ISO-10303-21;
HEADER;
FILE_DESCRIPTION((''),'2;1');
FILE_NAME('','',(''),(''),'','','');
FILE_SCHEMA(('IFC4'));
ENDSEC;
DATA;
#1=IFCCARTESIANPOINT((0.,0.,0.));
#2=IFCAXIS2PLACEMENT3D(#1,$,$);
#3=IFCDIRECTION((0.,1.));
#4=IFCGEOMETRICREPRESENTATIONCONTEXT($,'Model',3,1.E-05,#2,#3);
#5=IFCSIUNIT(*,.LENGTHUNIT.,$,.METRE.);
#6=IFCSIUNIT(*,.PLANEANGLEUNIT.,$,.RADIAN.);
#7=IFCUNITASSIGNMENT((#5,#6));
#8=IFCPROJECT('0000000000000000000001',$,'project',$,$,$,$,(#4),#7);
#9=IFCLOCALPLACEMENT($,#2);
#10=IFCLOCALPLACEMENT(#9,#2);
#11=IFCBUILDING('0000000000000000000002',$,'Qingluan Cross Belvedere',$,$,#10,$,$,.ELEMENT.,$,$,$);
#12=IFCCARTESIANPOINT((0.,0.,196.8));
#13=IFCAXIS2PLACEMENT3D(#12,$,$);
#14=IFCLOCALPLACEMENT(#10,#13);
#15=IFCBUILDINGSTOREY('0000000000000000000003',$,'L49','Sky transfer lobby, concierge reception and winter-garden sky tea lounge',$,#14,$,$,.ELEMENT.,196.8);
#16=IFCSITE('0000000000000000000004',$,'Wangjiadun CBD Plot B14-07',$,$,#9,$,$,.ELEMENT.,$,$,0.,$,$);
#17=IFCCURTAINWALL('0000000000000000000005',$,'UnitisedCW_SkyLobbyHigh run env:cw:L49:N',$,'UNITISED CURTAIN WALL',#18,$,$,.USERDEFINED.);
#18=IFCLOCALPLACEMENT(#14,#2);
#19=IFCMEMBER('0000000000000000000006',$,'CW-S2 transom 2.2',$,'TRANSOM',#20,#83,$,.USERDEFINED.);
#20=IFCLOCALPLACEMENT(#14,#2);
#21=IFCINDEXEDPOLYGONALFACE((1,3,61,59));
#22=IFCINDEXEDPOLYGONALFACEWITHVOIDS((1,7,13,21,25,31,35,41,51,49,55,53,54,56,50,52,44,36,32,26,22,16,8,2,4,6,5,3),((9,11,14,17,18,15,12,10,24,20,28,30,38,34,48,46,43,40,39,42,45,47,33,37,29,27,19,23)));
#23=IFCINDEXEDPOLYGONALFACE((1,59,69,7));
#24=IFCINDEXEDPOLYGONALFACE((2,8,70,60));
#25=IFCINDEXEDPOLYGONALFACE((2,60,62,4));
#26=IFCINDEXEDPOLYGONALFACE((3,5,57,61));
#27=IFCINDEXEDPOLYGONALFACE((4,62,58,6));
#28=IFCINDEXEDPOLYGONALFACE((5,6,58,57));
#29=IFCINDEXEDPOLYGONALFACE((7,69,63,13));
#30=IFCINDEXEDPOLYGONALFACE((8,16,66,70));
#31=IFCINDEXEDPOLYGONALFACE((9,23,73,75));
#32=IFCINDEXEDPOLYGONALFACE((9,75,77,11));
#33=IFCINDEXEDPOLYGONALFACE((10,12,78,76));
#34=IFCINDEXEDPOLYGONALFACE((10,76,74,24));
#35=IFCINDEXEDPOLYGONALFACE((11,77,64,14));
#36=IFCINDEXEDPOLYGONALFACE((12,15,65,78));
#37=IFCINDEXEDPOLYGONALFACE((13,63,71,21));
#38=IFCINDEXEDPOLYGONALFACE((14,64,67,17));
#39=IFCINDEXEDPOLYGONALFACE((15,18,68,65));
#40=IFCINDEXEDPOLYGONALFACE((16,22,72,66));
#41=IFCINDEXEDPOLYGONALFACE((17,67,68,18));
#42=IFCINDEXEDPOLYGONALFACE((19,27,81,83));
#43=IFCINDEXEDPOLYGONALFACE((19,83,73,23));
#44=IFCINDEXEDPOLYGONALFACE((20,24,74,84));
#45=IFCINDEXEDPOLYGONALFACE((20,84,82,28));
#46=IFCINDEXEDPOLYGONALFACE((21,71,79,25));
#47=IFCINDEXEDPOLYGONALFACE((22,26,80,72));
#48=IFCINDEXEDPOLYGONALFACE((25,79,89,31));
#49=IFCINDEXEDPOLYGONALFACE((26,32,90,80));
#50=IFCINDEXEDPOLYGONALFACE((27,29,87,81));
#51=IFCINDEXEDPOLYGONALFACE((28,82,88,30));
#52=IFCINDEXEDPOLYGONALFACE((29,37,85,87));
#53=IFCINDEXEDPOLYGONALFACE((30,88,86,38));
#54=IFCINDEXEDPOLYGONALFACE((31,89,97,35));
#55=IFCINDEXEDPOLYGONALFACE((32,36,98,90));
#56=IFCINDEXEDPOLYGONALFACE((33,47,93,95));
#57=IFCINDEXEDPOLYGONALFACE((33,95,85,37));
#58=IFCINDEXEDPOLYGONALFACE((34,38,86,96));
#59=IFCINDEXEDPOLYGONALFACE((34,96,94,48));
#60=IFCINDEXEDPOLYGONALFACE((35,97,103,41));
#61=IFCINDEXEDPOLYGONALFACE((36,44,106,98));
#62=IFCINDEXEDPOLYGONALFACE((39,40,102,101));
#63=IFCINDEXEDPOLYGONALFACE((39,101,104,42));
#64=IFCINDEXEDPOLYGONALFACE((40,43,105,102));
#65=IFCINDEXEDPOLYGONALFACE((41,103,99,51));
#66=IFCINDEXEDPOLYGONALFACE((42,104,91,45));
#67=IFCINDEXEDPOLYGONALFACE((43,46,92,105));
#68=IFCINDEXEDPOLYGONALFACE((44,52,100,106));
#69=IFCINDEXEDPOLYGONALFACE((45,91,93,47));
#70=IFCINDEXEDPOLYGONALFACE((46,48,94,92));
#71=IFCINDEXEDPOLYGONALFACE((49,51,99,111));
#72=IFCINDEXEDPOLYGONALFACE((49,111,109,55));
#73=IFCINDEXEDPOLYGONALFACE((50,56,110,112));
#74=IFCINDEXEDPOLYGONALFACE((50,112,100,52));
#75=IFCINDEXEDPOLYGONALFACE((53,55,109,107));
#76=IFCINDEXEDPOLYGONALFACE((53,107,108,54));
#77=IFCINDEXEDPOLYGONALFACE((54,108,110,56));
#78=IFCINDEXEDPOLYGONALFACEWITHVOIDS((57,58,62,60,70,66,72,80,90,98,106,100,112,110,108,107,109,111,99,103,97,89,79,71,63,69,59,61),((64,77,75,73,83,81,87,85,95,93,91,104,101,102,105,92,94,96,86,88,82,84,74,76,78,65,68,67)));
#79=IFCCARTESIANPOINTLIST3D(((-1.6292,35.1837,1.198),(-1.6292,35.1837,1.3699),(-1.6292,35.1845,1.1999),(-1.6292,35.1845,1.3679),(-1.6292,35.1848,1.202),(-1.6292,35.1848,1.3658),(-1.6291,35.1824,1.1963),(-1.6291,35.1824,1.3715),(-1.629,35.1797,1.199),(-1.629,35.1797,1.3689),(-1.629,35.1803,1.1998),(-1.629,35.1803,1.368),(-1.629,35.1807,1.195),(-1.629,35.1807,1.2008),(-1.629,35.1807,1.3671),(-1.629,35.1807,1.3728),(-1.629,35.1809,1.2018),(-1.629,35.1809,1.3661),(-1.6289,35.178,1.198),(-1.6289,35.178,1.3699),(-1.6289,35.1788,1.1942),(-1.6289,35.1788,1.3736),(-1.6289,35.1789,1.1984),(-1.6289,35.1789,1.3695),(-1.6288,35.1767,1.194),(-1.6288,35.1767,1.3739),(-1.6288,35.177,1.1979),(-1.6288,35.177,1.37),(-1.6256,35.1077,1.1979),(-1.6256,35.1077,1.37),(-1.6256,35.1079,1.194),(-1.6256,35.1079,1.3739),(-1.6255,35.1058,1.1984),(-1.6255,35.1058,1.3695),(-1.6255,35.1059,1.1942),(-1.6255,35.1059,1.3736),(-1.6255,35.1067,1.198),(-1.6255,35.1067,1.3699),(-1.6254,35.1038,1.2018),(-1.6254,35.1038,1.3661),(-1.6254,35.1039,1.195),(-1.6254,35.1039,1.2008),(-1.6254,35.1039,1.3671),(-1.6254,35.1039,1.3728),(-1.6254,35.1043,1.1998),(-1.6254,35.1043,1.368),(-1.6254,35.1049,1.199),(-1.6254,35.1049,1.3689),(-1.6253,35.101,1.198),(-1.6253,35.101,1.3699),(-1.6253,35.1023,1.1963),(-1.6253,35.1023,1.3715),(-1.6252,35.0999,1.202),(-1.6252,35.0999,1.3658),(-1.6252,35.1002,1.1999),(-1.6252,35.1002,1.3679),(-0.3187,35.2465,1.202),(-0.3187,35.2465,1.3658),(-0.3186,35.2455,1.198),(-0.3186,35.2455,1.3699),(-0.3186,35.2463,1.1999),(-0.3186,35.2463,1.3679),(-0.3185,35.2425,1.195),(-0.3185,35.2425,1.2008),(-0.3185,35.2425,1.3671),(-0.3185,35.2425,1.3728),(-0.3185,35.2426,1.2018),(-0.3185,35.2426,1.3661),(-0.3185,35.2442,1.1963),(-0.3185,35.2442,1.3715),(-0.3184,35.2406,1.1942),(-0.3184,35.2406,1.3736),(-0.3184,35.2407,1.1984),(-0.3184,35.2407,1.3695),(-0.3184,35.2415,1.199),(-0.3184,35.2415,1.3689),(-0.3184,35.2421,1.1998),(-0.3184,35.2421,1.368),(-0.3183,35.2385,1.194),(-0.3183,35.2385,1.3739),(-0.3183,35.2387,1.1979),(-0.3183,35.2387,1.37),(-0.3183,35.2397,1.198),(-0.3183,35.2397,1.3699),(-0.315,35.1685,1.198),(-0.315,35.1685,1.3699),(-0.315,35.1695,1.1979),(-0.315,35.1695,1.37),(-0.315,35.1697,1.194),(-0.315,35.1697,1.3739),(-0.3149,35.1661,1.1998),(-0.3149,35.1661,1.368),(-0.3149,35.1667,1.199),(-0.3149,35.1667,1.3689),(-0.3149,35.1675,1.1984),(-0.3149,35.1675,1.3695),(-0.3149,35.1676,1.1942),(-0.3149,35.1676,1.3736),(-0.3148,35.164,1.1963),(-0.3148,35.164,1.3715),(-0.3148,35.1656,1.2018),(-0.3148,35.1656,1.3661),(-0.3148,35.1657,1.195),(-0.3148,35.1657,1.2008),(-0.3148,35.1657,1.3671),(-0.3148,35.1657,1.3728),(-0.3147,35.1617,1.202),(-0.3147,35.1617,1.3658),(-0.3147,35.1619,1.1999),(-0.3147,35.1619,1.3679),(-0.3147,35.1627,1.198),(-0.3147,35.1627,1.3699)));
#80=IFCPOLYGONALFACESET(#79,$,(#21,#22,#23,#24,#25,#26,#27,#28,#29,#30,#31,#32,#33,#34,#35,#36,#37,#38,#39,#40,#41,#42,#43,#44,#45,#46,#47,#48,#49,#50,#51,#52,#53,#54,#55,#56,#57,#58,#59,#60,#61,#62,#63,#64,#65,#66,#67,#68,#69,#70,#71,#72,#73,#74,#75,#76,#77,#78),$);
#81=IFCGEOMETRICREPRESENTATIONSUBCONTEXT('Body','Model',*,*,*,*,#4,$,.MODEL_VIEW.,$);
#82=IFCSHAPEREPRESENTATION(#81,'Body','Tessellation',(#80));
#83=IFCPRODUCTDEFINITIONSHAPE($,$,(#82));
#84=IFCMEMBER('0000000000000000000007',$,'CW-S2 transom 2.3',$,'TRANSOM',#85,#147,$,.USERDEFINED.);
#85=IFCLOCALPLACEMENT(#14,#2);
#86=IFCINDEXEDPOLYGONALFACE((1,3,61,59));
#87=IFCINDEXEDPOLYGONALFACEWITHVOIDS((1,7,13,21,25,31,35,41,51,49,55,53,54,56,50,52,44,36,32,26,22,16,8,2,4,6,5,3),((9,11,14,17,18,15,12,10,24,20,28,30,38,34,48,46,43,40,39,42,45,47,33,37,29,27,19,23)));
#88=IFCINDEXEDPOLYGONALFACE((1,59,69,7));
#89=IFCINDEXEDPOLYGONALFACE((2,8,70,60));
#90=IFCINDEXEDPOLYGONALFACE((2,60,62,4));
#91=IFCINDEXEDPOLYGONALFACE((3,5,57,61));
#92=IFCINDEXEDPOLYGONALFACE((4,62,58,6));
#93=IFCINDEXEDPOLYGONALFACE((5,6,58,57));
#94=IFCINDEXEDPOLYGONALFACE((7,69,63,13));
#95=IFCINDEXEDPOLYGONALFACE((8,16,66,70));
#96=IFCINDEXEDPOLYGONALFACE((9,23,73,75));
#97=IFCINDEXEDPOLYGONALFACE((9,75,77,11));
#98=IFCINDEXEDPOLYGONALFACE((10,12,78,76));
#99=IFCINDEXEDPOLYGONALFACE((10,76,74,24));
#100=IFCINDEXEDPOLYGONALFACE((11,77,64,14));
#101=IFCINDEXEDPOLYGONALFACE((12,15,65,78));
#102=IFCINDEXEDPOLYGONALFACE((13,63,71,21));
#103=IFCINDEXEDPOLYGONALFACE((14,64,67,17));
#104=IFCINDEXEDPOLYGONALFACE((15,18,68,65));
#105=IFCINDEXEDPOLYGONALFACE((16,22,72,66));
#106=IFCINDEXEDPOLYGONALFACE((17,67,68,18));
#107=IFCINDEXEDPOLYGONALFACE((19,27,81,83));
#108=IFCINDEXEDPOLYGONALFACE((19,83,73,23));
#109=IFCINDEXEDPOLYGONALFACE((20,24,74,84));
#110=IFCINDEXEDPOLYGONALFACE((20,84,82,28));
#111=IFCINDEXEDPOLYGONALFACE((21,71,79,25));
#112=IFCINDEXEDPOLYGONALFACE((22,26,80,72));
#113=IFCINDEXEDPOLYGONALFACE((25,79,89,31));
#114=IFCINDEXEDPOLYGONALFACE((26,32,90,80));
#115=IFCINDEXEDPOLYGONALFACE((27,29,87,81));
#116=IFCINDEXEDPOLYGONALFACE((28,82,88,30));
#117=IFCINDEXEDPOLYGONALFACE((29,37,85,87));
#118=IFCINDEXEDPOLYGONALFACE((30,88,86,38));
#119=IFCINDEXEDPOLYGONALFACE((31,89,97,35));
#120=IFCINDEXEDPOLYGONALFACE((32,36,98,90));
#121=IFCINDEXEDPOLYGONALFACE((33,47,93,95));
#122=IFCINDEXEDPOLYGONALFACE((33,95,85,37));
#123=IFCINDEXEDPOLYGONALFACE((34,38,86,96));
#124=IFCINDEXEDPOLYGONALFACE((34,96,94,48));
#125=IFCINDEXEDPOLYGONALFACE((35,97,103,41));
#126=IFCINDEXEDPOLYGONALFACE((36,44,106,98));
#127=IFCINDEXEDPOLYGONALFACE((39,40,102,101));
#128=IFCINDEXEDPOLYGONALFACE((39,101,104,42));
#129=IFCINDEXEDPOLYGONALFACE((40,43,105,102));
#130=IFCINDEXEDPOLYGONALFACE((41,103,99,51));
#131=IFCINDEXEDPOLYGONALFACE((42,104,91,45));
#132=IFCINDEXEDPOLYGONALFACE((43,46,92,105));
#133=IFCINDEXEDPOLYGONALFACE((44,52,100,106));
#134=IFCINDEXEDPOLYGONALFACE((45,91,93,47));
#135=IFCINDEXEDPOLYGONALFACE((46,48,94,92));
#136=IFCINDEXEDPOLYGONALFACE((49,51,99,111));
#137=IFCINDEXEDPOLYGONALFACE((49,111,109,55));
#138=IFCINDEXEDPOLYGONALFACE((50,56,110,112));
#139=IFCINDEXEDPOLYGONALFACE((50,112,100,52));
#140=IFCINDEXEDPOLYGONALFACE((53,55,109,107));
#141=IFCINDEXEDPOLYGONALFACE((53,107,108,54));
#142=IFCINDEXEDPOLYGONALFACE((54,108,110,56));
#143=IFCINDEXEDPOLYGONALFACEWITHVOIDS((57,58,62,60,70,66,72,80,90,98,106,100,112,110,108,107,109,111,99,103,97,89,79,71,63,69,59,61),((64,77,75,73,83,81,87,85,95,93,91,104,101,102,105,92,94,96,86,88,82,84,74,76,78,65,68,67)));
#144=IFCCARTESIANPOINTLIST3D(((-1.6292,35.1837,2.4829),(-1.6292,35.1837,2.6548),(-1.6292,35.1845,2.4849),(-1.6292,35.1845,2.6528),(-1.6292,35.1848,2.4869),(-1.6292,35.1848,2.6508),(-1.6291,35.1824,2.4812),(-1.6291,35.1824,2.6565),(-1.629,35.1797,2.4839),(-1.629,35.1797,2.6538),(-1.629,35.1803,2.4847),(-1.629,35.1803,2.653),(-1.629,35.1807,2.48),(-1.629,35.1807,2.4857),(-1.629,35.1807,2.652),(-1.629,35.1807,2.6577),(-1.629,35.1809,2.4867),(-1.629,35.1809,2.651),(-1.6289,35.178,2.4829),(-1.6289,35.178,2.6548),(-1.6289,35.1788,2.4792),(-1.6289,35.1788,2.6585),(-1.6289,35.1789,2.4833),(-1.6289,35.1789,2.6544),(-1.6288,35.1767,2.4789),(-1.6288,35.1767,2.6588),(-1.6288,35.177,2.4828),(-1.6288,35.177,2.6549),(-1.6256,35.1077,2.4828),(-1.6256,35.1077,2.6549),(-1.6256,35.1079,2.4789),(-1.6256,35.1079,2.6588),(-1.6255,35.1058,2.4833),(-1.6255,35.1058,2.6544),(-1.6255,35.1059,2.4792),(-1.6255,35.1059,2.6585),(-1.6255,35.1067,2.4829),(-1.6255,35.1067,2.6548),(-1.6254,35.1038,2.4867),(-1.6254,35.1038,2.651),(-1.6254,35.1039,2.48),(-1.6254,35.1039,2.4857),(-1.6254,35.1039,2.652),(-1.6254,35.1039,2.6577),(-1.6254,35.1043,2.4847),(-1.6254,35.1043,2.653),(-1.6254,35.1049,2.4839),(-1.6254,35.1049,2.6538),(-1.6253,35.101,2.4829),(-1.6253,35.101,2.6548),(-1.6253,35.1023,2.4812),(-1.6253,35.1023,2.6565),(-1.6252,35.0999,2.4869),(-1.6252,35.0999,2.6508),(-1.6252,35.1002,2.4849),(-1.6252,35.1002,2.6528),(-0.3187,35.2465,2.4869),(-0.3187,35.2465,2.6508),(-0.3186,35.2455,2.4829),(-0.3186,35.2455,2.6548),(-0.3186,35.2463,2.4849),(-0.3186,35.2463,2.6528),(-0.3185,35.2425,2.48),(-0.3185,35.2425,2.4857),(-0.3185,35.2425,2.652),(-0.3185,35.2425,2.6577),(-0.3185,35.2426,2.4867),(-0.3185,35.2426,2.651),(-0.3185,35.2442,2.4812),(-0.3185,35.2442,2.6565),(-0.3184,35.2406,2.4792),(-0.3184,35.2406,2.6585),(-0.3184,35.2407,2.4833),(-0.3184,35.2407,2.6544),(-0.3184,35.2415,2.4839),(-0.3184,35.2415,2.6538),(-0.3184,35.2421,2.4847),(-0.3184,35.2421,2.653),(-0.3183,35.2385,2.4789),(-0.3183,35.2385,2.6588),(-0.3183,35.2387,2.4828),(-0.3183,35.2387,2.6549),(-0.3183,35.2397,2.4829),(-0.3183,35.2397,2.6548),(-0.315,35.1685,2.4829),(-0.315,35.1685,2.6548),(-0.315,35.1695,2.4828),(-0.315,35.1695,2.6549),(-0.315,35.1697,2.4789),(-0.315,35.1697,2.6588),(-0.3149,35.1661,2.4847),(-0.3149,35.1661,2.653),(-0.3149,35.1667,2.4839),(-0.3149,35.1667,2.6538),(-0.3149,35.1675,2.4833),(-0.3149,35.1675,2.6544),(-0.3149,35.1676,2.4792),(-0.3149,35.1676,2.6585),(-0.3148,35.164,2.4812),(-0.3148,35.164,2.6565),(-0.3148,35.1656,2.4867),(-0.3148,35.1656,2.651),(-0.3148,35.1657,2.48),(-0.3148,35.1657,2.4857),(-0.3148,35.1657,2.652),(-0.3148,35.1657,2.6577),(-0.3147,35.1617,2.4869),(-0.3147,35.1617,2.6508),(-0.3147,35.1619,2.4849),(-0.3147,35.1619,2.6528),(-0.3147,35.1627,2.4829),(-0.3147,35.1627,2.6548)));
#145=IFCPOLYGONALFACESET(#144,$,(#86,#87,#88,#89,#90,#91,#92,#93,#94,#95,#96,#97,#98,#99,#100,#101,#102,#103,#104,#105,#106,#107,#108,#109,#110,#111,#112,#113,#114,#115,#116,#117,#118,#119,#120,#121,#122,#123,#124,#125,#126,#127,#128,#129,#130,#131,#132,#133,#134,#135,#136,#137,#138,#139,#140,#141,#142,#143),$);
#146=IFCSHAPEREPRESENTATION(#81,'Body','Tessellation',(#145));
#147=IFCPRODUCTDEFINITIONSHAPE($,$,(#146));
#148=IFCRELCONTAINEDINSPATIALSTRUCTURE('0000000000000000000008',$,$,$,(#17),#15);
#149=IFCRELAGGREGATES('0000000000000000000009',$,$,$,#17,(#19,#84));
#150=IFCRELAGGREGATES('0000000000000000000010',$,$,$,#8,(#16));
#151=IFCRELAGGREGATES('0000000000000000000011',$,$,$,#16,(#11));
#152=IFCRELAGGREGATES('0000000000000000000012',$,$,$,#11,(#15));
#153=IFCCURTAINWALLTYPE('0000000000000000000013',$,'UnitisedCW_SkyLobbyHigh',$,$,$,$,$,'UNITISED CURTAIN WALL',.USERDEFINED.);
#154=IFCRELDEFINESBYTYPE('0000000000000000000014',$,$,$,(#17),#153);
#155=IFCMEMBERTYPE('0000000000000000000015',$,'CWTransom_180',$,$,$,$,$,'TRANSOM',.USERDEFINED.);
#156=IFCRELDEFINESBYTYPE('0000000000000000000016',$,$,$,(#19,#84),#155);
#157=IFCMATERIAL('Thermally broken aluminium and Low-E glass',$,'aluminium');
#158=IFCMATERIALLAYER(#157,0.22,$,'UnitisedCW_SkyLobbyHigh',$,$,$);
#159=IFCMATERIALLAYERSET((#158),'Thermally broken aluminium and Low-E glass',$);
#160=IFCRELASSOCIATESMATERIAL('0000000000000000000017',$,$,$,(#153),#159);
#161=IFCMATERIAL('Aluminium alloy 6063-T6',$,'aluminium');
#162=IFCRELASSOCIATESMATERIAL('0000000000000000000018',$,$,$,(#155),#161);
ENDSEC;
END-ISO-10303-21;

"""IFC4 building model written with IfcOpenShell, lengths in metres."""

from ifc_helpers import new_model, si_unit, direction, frame, origin, origin_2d, place, context, subcontext, project, spatial, hollow_rectangle, extrude, material, layer, layer_set, material_profile, profile_set, type_object, element, aggregate, save


model = new_model("IFC4")

# Units and contexts
model_context = context("Model", 3, precision=1e-05, world=origin(), true_north=direction((0.0, 1.0)))
body_context = subcontext(model_context, "Body", "Model", "MODEL_VIEW")
ifc_project = project(units=[si_unit("LENGTHUNIT", "METRE"), si_unit("PLANEANGLEUNIT", "RADIAN")], contexts=[model_context])

# Site, building, storey
site_placement = place(None, origin())
site = spatial("IfcSite", under=ifc_project, at=site_placement, Name="Wangjiadun CBD Plot B14-07", CompositionType="ELEMENT", RefElevation=0.0)
building_placement = place(site_placement, origin())
building = spatial("IfcBuilding", under=site, at=building_placement, Name="Qingluan Cross Belvedere", CompositionType="ELEMENT")
storey_placement = place(building_placement, frame((0.0, 0.0, 196.8)))
storey = spatial("IfcBuildingStorey", under=building, at=storey_placement, Name="L49", Description="Sky transfer lobby, concierge reception and winter-garden sky tea lounge", CompositionType="ELEMENT", Elevation=196.8)

# Curtain wall, members
ifc_material_1 = material(Name="Thermally broken aluminium and Low-E glass", Category="aluminium")
ifc_layer_1 = layer(ifc_material_1, 0.22, Name="UnitisedCW_SkyLobbyHigh")
ifc_layer_set_1 = layer_set([ifc_layer_1], Name="Thermally broken aluminium and Low-E glass")
curtain_wall_type = type_object("IfcCurtainWallType", Name="UnitisedCW_SkyLobbyHigh", ElementType="UNITISED CURTAIN WALL", PredefinedType="USERDEFINED", material=ifc_layer_set_1)
curtain_wall_placement = place(storey_placement, origin())
curtain_wall = element("IfcCurtainWall", 1, at=curtain_wall_placement, inside=storey, type_object=curtain_wall_type, Name="UnitisedCW_SkyLobbyHigh run env:cw:L49:N", ObjectType="UNITISED CURTAIN WALL", PredefinedType="USERDEFINED")
ifc_material_2 = material(Name="Aluminium alloy 6063-T6", Category="aluminium")
ifc_material_profile_1 = material_profile(ifc_material_2, hollow_rectangle(XDim=0.085, YDim=0.1799, WallThickness=0.0039, InnerFilletRadius=0.0039, OuterFilletRadius=0.0081, at=origin_2d()), Name="CWT180x85x4")
ifc_profile_set_1 = profile_set([ifc_material_profile_1], Name="Aluminium alloy 6063-T6")
member_type_1 = type_object("IfcMemberType", Name="CWTransom_180", ElementType="TRANSOM", PredefinedType="USERDEFINED", material=ifc_profile_set_1)
member_1_placement = place(storey_placement, frame((-0.3167, 35.2041, 1.2839), z_axis=(-0.998891, -0.047079, 0.0), x_axis=(0.047079, -0.998891, 0.0)))
member_1 = element("IfcMember", 2, at=member_1_placement, type_object=member_type_1, Name="CW-S2 transom 2.2", ObjectType="TRANSOM", PredefinedType="USERDEFINED", context=body_context, shape_type="SweptSolid", body=[
    extrude(hollow_rectangle(XDim=0.085, YDim=0.1799, WallThickness=0.0039, InnerFilletRadius=0.0039, OuterFilletRadius=0.0081, at=origin_2d()), origin(), (0.0, 0.0, 1.0), 1.312),
])
member_2_placement = place(storey_placement, frame((-0.3167, 35.2041, 2.5688), z_axis=(-0.998891, -0.047079, 0.0), x_axis=(0.047079, -0.998891, 0.0)))
member_2 = element("IfcMember", 3, at=member_2_placement, type_object=member_type_1, Name="CW-S2 transom 2.3", ObjectType="TRANSOM", PredefinedType="USERDEFINED", context=body_context, shape_type="SweptSolid", body=[
    extrude(hollow_rectangle(XDim=0.085, YDim=0.1799, WallThickness=0.0039, InnerFilletRadius=0.0039, OuterFilletRadius=0.0081, at=origin_2d()), origin(), (0.0, 0.0, 1.0), 1.312),
])
aggregate(curtain_wall, [member_1, member_2])

save(model, "model.ifc")
